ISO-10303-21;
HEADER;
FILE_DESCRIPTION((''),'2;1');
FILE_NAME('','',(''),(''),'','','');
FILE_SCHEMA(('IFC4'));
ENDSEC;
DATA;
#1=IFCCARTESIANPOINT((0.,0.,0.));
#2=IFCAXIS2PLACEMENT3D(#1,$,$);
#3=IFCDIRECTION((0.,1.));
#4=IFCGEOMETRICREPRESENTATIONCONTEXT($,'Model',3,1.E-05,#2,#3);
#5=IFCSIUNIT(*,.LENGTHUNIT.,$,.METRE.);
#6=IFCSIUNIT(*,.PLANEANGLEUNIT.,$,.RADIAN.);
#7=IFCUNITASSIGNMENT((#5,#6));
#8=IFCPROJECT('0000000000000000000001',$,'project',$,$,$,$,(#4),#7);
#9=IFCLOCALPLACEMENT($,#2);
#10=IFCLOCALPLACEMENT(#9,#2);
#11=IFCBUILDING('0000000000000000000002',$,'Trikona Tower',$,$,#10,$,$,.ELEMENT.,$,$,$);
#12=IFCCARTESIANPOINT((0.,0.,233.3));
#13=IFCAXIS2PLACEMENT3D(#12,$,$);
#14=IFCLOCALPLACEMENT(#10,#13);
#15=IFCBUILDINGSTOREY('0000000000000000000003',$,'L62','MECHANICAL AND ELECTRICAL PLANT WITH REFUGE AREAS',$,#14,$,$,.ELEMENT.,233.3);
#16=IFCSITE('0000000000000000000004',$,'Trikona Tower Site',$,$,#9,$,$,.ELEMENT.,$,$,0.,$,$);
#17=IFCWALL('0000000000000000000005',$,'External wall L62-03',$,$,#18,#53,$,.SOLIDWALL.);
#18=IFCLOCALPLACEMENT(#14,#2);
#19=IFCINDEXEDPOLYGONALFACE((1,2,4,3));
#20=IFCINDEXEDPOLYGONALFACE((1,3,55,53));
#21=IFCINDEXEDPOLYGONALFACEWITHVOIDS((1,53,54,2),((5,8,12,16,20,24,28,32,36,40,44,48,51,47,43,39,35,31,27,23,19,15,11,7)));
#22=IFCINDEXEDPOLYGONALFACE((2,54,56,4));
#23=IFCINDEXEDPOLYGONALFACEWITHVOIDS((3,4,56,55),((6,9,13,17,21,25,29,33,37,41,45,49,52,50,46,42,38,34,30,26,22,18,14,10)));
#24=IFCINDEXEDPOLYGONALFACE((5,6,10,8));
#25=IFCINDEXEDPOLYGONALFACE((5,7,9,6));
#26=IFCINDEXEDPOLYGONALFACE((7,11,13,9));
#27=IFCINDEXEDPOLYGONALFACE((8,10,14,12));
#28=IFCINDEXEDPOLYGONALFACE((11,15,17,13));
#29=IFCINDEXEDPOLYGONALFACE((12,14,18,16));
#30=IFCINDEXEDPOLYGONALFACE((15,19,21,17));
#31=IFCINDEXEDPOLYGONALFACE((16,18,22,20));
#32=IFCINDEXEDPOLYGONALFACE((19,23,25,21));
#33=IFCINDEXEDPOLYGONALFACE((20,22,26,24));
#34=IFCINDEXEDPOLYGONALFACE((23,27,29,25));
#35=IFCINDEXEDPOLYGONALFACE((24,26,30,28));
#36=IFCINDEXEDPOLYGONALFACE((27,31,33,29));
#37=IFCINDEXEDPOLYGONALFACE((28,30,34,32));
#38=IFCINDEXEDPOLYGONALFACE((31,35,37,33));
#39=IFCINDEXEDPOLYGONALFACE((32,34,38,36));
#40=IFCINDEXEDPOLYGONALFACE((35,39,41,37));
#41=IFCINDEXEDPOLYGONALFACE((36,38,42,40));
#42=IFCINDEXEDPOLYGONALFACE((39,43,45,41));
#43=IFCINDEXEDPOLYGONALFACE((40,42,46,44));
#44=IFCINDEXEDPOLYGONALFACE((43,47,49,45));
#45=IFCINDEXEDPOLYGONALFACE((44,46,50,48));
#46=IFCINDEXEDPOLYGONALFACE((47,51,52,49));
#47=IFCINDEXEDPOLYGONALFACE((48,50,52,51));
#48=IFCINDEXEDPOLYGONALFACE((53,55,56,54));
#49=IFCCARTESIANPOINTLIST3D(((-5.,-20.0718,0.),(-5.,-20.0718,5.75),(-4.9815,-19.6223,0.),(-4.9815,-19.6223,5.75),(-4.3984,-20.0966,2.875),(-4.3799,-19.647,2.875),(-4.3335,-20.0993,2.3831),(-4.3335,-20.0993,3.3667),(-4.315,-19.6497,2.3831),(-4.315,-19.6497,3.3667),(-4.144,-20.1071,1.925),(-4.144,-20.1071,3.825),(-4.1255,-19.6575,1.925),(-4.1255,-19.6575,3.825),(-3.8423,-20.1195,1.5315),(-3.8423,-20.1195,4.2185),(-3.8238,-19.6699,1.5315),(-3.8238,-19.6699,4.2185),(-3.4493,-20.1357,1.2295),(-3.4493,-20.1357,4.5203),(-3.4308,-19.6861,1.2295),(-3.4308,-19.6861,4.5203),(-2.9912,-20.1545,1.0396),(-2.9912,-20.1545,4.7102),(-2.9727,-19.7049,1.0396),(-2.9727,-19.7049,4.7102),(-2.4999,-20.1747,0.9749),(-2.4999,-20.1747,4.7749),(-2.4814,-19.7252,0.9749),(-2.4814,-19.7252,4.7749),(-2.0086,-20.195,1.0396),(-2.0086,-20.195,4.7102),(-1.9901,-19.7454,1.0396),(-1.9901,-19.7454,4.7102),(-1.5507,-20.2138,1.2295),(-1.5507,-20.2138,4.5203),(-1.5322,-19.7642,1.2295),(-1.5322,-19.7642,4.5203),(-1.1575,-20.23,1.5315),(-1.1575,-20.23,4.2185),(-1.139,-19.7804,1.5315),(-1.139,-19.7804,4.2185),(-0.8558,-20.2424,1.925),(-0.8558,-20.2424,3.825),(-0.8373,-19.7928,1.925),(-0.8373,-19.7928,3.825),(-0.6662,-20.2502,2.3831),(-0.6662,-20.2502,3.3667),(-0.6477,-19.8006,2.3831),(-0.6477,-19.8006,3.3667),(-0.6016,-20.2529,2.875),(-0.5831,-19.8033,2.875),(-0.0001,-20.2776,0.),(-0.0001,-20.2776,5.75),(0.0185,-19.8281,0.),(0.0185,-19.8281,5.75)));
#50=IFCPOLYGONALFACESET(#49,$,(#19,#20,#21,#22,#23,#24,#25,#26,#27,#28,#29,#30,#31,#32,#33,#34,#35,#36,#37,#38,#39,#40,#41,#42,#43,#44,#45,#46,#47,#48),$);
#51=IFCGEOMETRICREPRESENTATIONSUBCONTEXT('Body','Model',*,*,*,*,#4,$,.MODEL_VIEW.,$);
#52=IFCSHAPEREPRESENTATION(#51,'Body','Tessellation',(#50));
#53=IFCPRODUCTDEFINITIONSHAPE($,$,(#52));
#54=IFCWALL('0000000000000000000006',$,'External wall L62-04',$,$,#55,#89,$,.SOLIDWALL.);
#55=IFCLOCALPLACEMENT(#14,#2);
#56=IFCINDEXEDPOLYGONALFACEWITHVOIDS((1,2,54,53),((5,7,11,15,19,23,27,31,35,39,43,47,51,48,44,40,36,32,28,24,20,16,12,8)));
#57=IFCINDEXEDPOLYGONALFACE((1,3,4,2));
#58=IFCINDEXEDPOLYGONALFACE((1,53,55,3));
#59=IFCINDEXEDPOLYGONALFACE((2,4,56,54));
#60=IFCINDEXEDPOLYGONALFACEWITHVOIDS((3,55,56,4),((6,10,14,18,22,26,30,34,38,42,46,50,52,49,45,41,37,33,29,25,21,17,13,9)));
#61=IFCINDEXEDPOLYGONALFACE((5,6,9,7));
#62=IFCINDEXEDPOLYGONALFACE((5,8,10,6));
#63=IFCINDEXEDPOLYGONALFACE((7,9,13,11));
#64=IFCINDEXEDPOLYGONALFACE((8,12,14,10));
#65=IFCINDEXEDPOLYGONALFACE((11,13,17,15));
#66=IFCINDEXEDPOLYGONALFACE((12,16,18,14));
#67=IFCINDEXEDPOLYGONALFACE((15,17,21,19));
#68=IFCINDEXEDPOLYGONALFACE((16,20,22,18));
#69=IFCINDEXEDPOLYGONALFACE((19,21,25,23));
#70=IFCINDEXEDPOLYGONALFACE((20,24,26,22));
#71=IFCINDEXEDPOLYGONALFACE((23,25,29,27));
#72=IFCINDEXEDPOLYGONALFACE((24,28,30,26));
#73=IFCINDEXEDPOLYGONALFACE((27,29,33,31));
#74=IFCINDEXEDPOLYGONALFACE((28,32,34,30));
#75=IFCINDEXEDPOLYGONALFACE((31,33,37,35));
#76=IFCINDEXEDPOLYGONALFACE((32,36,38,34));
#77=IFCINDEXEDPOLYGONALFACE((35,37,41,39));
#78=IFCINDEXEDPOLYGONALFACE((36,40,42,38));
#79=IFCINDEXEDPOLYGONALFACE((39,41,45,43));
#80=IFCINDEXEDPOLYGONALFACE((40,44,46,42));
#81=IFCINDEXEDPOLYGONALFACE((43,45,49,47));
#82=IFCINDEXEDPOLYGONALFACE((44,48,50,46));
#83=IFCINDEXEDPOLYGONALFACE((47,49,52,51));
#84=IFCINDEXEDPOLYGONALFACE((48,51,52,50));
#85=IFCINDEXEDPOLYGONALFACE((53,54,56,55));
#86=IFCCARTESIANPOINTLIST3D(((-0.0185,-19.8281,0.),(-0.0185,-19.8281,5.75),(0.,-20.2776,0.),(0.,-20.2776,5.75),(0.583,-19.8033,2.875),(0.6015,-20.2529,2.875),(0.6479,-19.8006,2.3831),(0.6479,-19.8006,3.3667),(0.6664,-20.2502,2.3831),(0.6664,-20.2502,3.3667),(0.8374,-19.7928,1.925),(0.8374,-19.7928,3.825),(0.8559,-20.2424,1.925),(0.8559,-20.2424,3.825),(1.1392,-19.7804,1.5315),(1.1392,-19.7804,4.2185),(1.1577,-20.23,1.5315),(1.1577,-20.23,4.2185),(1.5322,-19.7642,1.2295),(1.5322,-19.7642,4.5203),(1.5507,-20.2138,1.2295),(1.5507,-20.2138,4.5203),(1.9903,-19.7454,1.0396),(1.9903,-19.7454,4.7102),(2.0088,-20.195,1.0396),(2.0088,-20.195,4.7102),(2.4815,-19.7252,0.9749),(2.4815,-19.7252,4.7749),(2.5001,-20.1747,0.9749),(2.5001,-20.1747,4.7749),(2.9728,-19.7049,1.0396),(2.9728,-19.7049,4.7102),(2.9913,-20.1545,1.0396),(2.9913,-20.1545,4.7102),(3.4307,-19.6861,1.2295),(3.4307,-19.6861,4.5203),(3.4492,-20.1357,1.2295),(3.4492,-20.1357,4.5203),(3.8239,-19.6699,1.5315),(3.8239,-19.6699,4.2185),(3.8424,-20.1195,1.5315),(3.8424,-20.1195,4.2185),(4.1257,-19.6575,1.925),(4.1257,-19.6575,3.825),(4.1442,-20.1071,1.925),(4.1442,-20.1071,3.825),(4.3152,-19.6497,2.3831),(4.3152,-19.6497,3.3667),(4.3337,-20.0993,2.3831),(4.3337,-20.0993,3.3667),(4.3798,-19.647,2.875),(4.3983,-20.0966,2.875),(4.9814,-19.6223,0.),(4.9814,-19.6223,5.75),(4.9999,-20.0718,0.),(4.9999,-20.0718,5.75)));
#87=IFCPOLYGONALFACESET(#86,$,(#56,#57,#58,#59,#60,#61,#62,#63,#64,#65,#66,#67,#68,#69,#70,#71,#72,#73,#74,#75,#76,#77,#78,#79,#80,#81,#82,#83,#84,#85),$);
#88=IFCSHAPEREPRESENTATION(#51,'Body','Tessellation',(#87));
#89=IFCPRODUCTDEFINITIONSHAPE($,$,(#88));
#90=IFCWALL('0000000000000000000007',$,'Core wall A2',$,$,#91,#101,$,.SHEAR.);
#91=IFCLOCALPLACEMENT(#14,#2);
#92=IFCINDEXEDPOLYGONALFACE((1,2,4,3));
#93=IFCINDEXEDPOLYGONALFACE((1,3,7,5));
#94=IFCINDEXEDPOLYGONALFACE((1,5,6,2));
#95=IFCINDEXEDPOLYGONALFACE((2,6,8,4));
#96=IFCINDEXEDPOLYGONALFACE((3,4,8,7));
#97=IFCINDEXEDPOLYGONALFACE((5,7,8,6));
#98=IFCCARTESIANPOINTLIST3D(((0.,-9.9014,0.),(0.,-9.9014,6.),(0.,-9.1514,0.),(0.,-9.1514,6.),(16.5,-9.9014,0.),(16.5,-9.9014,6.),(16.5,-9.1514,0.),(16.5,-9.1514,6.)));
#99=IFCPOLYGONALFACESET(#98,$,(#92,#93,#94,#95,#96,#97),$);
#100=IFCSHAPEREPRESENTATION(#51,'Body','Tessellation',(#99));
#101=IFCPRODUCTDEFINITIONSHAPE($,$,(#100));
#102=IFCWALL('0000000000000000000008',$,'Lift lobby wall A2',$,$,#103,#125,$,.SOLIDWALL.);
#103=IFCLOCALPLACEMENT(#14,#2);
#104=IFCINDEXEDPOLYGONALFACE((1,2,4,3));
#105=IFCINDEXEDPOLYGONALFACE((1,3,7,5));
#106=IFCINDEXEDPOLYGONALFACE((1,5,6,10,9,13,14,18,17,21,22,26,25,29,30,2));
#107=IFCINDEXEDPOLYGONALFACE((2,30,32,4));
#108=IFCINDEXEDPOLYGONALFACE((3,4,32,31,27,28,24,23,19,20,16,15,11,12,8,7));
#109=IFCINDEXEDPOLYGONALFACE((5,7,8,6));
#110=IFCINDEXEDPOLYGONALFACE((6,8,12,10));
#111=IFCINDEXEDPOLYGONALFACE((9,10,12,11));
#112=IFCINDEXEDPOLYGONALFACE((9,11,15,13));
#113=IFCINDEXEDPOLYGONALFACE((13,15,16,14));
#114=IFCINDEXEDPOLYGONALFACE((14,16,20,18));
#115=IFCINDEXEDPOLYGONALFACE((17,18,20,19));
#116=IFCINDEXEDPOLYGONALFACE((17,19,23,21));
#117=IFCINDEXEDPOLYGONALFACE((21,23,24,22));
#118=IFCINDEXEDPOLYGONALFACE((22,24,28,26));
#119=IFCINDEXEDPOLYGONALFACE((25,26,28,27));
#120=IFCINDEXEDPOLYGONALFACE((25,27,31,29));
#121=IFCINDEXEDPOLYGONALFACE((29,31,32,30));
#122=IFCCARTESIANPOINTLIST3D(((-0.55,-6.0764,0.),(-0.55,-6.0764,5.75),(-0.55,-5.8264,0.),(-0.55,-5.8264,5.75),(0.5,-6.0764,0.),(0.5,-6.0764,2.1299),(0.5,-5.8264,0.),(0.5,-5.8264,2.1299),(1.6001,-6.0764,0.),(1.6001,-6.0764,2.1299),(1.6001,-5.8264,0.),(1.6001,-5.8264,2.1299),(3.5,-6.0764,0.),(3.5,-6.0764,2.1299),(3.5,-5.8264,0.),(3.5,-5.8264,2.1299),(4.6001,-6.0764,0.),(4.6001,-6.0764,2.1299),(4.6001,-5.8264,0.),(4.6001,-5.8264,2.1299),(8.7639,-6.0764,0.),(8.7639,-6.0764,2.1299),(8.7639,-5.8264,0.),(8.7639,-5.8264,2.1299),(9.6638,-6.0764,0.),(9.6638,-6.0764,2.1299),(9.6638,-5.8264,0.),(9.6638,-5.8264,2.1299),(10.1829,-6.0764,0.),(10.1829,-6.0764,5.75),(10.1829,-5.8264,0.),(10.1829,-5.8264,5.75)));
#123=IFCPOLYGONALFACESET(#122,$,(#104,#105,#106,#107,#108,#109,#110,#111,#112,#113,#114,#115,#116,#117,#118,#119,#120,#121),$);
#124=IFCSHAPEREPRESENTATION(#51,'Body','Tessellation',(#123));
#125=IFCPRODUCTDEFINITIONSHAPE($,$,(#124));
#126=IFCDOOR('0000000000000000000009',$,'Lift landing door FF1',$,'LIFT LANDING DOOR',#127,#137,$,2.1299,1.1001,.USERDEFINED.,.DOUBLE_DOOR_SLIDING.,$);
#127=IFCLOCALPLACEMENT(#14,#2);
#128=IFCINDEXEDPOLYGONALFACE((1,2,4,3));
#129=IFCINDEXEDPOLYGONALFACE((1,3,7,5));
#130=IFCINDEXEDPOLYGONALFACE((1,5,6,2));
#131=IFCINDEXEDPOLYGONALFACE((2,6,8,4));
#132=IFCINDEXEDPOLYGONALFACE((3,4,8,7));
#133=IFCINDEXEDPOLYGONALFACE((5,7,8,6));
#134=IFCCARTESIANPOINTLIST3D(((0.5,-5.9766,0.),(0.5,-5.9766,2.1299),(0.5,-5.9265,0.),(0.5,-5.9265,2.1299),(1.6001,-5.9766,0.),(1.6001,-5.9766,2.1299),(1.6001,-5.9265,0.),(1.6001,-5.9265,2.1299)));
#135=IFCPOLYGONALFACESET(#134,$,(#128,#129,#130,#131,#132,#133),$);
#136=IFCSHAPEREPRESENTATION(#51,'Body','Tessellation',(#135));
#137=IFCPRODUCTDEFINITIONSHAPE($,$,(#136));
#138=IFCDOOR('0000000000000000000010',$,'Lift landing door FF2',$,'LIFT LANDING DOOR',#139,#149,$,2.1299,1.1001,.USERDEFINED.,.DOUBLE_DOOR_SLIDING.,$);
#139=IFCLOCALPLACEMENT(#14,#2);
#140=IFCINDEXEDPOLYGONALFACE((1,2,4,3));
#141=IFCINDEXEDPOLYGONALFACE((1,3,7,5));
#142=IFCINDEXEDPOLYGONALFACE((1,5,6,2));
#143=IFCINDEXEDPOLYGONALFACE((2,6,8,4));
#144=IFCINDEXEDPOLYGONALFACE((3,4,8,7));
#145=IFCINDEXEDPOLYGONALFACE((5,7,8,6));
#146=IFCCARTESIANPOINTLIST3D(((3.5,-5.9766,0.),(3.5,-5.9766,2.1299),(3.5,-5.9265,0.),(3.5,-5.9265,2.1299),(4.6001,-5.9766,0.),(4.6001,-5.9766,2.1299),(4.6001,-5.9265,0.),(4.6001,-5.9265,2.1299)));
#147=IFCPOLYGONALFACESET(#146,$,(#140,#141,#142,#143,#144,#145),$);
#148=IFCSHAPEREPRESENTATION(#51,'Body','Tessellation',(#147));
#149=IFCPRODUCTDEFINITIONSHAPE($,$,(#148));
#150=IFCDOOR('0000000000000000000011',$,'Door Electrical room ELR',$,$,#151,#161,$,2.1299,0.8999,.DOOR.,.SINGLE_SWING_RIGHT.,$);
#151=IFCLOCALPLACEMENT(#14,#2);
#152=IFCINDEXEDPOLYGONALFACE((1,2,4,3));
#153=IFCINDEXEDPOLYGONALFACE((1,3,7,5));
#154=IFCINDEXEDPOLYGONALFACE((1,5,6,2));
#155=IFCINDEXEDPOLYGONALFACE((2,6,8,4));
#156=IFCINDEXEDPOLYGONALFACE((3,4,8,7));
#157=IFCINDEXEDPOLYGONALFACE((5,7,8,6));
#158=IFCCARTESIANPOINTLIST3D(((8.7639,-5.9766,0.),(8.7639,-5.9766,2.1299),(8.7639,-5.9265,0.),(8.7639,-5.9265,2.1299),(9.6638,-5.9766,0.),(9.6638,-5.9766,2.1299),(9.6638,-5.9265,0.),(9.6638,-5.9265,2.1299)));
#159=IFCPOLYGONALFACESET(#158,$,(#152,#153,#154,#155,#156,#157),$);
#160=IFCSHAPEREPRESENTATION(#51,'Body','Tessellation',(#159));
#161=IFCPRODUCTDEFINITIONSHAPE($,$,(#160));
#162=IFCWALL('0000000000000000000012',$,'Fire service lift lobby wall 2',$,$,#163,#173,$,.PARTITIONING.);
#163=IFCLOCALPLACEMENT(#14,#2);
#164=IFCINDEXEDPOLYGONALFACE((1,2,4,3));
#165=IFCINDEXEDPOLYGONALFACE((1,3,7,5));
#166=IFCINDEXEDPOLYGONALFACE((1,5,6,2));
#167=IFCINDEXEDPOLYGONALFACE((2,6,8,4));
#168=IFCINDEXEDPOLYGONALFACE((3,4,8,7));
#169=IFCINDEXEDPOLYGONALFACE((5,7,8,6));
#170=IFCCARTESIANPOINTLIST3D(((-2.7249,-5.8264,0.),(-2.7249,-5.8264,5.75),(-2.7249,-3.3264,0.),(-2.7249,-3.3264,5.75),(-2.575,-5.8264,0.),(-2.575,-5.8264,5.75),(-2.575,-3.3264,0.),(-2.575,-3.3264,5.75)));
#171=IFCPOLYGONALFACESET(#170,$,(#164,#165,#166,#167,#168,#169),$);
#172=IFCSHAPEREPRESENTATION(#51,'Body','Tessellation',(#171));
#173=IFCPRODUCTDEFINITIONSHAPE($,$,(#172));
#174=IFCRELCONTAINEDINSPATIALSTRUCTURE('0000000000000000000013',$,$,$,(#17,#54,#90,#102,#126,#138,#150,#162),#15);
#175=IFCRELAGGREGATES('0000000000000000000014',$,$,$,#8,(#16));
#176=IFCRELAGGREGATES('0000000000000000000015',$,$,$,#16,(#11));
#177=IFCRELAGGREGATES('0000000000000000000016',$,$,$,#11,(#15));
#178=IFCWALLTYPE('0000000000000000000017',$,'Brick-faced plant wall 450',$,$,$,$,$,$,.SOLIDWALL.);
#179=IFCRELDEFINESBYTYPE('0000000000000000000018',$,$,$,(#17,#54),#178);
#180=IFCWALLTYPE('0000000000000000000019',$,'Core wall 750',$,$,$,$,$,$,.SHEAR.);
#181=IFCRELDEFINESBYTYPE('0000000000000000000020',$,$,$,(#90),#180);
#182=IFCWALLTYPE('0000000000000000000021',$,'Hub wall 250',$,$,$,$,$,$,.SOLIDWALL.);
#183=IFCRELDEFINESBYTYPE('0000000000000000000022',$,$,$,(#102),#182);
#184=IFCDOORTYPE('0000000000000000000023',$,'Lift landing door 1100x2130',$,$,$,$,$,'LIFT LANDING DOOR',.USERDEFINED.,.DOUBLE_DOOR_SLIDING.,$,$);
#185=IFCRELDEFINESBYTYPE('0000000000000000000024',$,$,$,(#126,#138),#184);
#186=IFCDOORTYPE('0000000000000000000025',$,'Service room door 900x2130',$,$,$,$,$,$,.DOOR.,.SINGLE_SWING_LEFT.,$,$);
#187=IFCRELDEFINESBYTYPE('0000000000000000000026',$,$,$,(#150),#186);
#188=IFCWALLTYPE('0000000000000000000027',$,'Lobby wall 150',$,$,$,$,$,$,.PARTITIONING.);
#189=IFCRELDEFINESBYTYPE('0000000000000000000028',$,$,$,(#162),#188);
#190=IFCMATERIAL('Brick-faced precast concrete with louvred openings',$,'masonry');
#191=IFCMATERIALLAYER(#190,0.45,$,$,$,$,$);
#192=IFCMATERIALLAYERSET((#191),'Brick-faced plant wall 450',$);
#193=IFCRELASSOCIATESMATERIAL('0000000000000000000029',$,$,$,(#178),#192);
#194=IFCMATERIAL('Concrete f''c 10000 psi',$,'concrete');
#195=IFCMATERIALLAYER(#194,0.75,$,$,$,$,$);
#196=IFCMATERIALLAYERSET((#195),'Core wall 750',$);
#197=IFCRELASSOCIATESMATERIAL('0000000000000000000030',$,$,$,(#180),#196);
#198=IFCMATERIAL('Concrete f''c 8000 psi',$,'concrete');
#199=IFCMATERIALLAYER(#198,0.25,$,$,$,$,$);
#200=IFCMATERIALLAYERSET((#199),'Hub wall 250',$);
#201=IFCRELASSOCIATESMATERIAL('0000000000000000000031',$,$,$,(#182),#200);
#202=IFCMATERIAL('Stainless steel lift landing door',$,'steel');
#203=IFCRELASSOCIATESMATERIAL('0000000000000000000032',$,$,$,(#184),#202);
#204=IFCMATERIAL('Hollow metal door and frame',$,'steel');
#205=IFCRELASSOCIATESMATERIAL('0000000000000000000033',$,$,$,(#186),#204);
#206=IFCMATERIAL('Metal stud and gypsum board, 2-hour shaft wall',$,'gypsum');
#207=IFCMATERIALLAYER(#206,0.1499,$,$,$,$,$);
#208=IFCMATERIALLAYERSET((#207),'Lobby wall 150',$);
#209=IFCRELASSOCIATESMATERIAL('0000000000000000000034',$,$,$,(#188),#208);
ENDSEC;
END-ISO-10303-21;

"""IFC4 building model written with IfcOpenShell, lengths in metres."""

from ifc_helpers import new_model, si_unit, direction, frame, frame_2d, origin, place, context, subcontext, project, spatial, polyline, rectangle, outline, extrude, material, layer, layer_set, type_object, element, fill, save


model = new_model("IFC4")

# Units and contexts
model_context = context("Model", 3, precision=1e-05, world=origin(), true_north=direction((0.0, 1.0)))
body_context = subcontext(model_context, "Body", "Model", "MODEL_VIEW")
ifc_project = project(units=[si_unit("LENGTHUNIT", "METRE"), si_unit("PLANEANGLEUNIT", "RADIAN")], contexts=[model_context])

# Site, building, storey
site_placement = place(None, origin())
site = spatial("IfcSite", under=ifc_project, at=site_placement, Name="Trikona Tower Site", CompositionType="ELEMENT", RefElevation=0.0)
building_placement = place(site_placement, origin())
building = spatial("IfcBuilding", under=site, at=building_placement, Name="Trikona Tower", CompositionType="ELEMENT")
storey_placement = place(building_placement, frame((0.0, 0.0, 233.3)))
storey = spatial("IfcBuildingStorey", under=building, at=storey_placement, Name="L62", Description="MECHANICAL AND ELECTRICAL PLANT WITH REFUGE AREAS", CompositionType="ELEMENT", Elevation=233.3)

# Walls
ifc_material_1 = material(Name="Brick-faced precast concrete with louvred openings", Category="masonry")
ifc_layer_1 = layer(ifc_material_1, 0.45)
ifc_layer_set_1 = layer_set([ifc_layer_1], Name="Brick-faced plant wall 450")
wall_type_1 = type_object("IfcWallType", Name="Brick-faced plant wall 450", PredefinedType="SOLIDWALL", material=ifc_layer_set_1)
for number, where, z_axis, x_axis, name in (
    (1, (-4.9907, -19.8472, 0.0), (0.0, 0.0, 1.0), (0.999154, -0.041127, 0.0), "External wall L62-03"),
    (2, (-0.0093, -20.053, 0.0), (0.0, 0.0, 1.0), (0.999154, 0.041127, 0.0), "External wall L62-04"),
):
    element("IfcWall", number, at=place(storey_placement, frame(where, z_axis=z_axis, x_axis=x_axis)), inside=storey, type_object=wall_type_1, Name=name, PredefinedType="SOLIDWALL", context=body_context, shape_type="SweptSolid", body=[
        extrude(outline(polyline([(0.0, 0.0), (5.0042, 0.0), (5.0042, 5.75), (0.0, 5.75), (0.0, 0.0)]), holes=[polyline([(4.4021, 2.875), (4.3374, 3.3667), (4.1477, 3.825), (3.8457, 4.2185), (3.4521, 4.5203), (2.9939, 4.7102), (2.5022, 4.7749), (2.0105, 4.7102), (1.552, 4.5203), (1.1587, 4.2185), (0.8567, 3.825), (0.667, 3.3667), (0.6021, 2.875), (0.667, 2.3831), (0.8567, 1.925), (1.1587, 1.5315), (1.552, 1.2295), (2.0105, 1.0396), (2.5022, 0.9749), (2.9939, 1.0396), (3.4521, 1.2295), (3.8457, 1.5315), (4.1477, 1.925), (4.3374, 2.3831), (4.4021, 2.875)])]), frame((0.0, 0.2251, 0.0), z_axis=(0.0, -1.0, 0.0), x_axis=(1.0, 0.0, 0.0)), (0.0, 0.0, 1.0), 0.45),
    ])
ifc_material_2 = material(Name="Concrete f'c 10000 psi", Category="concrete")
ifc_layer_2 = layer(ifc_material_2, 0.75)
ifc_layer_set_2 = layer_set([ifc_layer_2], Name="Core wall 750")
wall_type_2 = type_object("IfcWallType", Name="Core wall 750", PredefinedType="SHEAR", material=ifc_layer_set_2)
wall_1_placement = place(storey_placement, frame((0.0, -9.5264, 0.0), z_axis=(0.0, 0.0, 1.0), x_axis=(1.0, 0.0, 0.0)))
element("IfcWall", 3, at=wall_1_placement, inside=storey, type_object=wall_type_2, Name="Core wall A2", PredefinedType="SHEAR", context=body_context, shape_type="SweptSolid", body=[
    extrude(rectangle(XDim=16.5, YDim=0.75, at=frame_2d((8.25, 0.0))), origin(), (0.0, 0.0, 1.0), 6.0),
])

# Wall, openings, doors
ifc_material_3 = material(Name="Concrete f'c 8000 psi", Category="concrete")
ifc_layer_3 = layer(ifc_material_3, 0.25)
ifc_layer_set_3 = layer_set([ifc_layer_3], Name="Hub wall 250")
wall_type_3 = type_object("IfcWallType", Name="Hub wall 250", PredefinedType="SOLIDWALL", material=ifc_layer_set_3)
wall_2_placement = place(storey_placement, frame((-0.55, -5.9514, 0.0), z_axis=(0.0, 0.0, 1.0), x_axis=(1.0, 0.0, 0.0)))
wall_2 = element("IfcWall", 4, at=wall_2_placement, inside=storey, type_object=wall_type_3, Name="Lift lobby wall A2", PredefinedType="SOLIDWALL", context=body_context, shape_type="SweptSolid", body=[
    extrude(rectangle(XDim=10.7329, YDim=0.25, at=frame_2d((5.3665, 0.0))), origin(), (0.0, 0.0, 1.0), 5.75),
])
opening_1_placement = place(wall_2_placement, frame((9.314, 0.0, 0.0)))
opening_1 = element("IfcOpeningElement", 5, at=opening_1_placement, cuts=wall_2, PredefinedType="OPENING", context=body_context, shape_type="SweptSolid", body=[
    extrude(rectangle(XDim=0.8999, YDim=2.1299, at=frame_2d((0.45, 1.0649))), frame((0.0, 0.135, 0.0), z_axis=(0.0, -1.0, 0.0), x_axis=(1.0, 0.0, 0.0)), (0.0, 0.0, 1.0), 0.27),
])
opening_2_placement = place(wall_2_placement, frame((1.05, 0.0, 0.0)))
opening_2 = element("IfcOpeningElement", 6, at=opening_2_placement, cuts=wall_2, PredefinedType="OPENING", context=body_context, shape_type="SweptSolid", body=[
    extrude(rectangle(XDim=1.1001, YDim=2.1299, at=frame_2d((0.55, 1.0649))), frame((0.0, 0.135, 0.0), z_axis=(0.0, -1.0, 0.0), x_axis=(1.0, 0.0, 0.0)), (0.0, 0.0, 1.0), 0.27),
])
opening_3_placement = place(wall_2_placement, frame((4.05, 0.0, 0.0)))
opening_3 = element("IfcOpeningElement", 7, at=opening_3_placement, cuts=wall_2, PredefinedType="OPENING", context=body_context, shape_type="SweptSolid", body=[
    extrude(rectangle(XDim=1.1001, YDim=2.1299, at=frame_2d((0.55, 1.0649))), frame((0.0, 0.135, 0.0), z_axis=(0.0, -1.0, 0.0), x_axis=(1.0, 0.0, 0.0)), (0.0, 0.0, 1.0), 0.27),
])
ifc_material_4 = material(Name="Stainless steel lift landing door", Category="steel")
door_type_1 = type_object("IfcDoorType", Name="Lift landing door 1100x2130", ElementType="LIFT LANDING DOOR", OperationType="DOUBLE_DOOR_SLIDING", PredefinedType="USERDEFINED", material=ifc_material_4)
door_1_placement = place(opening_2_placement, origin())
door_1 = element("IfcDoor", 8, at=door_1_placement, inside=storey, type_object=door_type_1, Name="Lift landing door FF1", ObjectType="LIFT LANDING DOOR", OperationType="DOUBLE_DOOR_SLIDING", OverallHeight=2.1299, OverallWidth=1.1001, PredefinedType="USERDEFINED", context=body_context, shape_type="SweptSolid", body=[
    extrude(rectangle(XDim=1.1001, YDim=2.1299, at=frame_2d((0.55, 1.0649))), frame((0.0, 0.0249, 0.0), z_axis=(0.0, -1.0, 0.0), x_axis=(1.0, 0.0, 0.0)), (0.0, 0.0, 1.0), 0.05),
])
fill(opening_2, door_1)
door_2_placement = place(opening_3_placement, origin())
door_2 = element("IfcDoor", 9, at=door_2_placement, inside=storey, type_object=door_type_1, Name="Lift landing door FF2", ObjectType="LIFT LANDING DOOR", OperationType="DOUBLE_DOOR_SLIDING", OverallHeight=2.1299, OverallWidth=1.1001, PredefinedType="USERDEFINED", context=body_context, shape_type="SweptSolid", body=[
    extrude(rectangle(XDim=1.1001, YDim=2.1299, at=frame_2d((0.55, 1.0649))), frame((0.0, 0.0249, 0.0), z_axis=(0.0, -1.0, 0.0), x_axis=(1.0, 0.0, 0.0)), (0.0, 0.0, 1.0), 0.05),
])
fill(opening_3, door_2)
ifc_material_5 = material(Name="Hollow metal door and frame", Category="steel")
door_type_2 = type_object("IfcDoorType", Name="Service room door 900x2130", OperationType="SINGLE_SWING_LEFT", PredefinedType="DOOR", material=ifc_material_5)
door_3_placement = place(opening_1_placement, origin())
door_3 = element("IfcDoor", 10, at=door_3_placement, inside=storey, type_object=door_type_2, Name="Door Electrical room ELR", OperationType="SINGLE_SWING_RIGHT", OverallHeight=2.1299, OverallWidth=0.8999, PredefinedType="DOOR", context=body_context, shape_type="SweptSolid", body=[
    extrude(rectangle(XDim=0.8999, YDim=2.1299, at=frame_2d((0.45, 1.0649))), frame((0.0, 0.0249, 0.0), z_axis=(0.0, -1.0, 0.0), x_axis=(1.0, 0.0, 0.0)), (0.0, 0.0, 1.0), 0.05),
])
fill(opening_1, door_3)

# Wall
ifc_material_6 = material(Name="Metal stud and gypsum board, 2-hour shaft wall", Category="gypsum")
ifc_layer_4 = layer(ifc_material_6, 0.1499)
ifc_layer_set_4 = layer_set([ifc_layer_4], Name="Lobby wall 150")
wall_type_4 = type_object("IfcWallType", Name="Lobby wall 150", PredefinedType="PARTITIONING", material=ifc_layer_set_4)
wall_3_placement = place(storey_placement, frame((-2.6499, -5.8264, 0.0), z_axis=(0.0, 0.0, 1.0), x_axis=(0.0, 1.0, 0.0)))
element("IfcWall", 11, at=wall_3_placement, inside=storey, type_object=wall_type_4, Name="Fire service lift lobby wall 2", PredefinedType="PARTITIONING", context=body_context, shape_type="SweptSolid", body=[
    extrude(rectangle(XDim=2.5, YDim=0.1499, at=frame_2d((1.25, 0.0))), origin(), (0.0, 0.0, 1.0), 5.75),
])

save(model, "model.ifc")
